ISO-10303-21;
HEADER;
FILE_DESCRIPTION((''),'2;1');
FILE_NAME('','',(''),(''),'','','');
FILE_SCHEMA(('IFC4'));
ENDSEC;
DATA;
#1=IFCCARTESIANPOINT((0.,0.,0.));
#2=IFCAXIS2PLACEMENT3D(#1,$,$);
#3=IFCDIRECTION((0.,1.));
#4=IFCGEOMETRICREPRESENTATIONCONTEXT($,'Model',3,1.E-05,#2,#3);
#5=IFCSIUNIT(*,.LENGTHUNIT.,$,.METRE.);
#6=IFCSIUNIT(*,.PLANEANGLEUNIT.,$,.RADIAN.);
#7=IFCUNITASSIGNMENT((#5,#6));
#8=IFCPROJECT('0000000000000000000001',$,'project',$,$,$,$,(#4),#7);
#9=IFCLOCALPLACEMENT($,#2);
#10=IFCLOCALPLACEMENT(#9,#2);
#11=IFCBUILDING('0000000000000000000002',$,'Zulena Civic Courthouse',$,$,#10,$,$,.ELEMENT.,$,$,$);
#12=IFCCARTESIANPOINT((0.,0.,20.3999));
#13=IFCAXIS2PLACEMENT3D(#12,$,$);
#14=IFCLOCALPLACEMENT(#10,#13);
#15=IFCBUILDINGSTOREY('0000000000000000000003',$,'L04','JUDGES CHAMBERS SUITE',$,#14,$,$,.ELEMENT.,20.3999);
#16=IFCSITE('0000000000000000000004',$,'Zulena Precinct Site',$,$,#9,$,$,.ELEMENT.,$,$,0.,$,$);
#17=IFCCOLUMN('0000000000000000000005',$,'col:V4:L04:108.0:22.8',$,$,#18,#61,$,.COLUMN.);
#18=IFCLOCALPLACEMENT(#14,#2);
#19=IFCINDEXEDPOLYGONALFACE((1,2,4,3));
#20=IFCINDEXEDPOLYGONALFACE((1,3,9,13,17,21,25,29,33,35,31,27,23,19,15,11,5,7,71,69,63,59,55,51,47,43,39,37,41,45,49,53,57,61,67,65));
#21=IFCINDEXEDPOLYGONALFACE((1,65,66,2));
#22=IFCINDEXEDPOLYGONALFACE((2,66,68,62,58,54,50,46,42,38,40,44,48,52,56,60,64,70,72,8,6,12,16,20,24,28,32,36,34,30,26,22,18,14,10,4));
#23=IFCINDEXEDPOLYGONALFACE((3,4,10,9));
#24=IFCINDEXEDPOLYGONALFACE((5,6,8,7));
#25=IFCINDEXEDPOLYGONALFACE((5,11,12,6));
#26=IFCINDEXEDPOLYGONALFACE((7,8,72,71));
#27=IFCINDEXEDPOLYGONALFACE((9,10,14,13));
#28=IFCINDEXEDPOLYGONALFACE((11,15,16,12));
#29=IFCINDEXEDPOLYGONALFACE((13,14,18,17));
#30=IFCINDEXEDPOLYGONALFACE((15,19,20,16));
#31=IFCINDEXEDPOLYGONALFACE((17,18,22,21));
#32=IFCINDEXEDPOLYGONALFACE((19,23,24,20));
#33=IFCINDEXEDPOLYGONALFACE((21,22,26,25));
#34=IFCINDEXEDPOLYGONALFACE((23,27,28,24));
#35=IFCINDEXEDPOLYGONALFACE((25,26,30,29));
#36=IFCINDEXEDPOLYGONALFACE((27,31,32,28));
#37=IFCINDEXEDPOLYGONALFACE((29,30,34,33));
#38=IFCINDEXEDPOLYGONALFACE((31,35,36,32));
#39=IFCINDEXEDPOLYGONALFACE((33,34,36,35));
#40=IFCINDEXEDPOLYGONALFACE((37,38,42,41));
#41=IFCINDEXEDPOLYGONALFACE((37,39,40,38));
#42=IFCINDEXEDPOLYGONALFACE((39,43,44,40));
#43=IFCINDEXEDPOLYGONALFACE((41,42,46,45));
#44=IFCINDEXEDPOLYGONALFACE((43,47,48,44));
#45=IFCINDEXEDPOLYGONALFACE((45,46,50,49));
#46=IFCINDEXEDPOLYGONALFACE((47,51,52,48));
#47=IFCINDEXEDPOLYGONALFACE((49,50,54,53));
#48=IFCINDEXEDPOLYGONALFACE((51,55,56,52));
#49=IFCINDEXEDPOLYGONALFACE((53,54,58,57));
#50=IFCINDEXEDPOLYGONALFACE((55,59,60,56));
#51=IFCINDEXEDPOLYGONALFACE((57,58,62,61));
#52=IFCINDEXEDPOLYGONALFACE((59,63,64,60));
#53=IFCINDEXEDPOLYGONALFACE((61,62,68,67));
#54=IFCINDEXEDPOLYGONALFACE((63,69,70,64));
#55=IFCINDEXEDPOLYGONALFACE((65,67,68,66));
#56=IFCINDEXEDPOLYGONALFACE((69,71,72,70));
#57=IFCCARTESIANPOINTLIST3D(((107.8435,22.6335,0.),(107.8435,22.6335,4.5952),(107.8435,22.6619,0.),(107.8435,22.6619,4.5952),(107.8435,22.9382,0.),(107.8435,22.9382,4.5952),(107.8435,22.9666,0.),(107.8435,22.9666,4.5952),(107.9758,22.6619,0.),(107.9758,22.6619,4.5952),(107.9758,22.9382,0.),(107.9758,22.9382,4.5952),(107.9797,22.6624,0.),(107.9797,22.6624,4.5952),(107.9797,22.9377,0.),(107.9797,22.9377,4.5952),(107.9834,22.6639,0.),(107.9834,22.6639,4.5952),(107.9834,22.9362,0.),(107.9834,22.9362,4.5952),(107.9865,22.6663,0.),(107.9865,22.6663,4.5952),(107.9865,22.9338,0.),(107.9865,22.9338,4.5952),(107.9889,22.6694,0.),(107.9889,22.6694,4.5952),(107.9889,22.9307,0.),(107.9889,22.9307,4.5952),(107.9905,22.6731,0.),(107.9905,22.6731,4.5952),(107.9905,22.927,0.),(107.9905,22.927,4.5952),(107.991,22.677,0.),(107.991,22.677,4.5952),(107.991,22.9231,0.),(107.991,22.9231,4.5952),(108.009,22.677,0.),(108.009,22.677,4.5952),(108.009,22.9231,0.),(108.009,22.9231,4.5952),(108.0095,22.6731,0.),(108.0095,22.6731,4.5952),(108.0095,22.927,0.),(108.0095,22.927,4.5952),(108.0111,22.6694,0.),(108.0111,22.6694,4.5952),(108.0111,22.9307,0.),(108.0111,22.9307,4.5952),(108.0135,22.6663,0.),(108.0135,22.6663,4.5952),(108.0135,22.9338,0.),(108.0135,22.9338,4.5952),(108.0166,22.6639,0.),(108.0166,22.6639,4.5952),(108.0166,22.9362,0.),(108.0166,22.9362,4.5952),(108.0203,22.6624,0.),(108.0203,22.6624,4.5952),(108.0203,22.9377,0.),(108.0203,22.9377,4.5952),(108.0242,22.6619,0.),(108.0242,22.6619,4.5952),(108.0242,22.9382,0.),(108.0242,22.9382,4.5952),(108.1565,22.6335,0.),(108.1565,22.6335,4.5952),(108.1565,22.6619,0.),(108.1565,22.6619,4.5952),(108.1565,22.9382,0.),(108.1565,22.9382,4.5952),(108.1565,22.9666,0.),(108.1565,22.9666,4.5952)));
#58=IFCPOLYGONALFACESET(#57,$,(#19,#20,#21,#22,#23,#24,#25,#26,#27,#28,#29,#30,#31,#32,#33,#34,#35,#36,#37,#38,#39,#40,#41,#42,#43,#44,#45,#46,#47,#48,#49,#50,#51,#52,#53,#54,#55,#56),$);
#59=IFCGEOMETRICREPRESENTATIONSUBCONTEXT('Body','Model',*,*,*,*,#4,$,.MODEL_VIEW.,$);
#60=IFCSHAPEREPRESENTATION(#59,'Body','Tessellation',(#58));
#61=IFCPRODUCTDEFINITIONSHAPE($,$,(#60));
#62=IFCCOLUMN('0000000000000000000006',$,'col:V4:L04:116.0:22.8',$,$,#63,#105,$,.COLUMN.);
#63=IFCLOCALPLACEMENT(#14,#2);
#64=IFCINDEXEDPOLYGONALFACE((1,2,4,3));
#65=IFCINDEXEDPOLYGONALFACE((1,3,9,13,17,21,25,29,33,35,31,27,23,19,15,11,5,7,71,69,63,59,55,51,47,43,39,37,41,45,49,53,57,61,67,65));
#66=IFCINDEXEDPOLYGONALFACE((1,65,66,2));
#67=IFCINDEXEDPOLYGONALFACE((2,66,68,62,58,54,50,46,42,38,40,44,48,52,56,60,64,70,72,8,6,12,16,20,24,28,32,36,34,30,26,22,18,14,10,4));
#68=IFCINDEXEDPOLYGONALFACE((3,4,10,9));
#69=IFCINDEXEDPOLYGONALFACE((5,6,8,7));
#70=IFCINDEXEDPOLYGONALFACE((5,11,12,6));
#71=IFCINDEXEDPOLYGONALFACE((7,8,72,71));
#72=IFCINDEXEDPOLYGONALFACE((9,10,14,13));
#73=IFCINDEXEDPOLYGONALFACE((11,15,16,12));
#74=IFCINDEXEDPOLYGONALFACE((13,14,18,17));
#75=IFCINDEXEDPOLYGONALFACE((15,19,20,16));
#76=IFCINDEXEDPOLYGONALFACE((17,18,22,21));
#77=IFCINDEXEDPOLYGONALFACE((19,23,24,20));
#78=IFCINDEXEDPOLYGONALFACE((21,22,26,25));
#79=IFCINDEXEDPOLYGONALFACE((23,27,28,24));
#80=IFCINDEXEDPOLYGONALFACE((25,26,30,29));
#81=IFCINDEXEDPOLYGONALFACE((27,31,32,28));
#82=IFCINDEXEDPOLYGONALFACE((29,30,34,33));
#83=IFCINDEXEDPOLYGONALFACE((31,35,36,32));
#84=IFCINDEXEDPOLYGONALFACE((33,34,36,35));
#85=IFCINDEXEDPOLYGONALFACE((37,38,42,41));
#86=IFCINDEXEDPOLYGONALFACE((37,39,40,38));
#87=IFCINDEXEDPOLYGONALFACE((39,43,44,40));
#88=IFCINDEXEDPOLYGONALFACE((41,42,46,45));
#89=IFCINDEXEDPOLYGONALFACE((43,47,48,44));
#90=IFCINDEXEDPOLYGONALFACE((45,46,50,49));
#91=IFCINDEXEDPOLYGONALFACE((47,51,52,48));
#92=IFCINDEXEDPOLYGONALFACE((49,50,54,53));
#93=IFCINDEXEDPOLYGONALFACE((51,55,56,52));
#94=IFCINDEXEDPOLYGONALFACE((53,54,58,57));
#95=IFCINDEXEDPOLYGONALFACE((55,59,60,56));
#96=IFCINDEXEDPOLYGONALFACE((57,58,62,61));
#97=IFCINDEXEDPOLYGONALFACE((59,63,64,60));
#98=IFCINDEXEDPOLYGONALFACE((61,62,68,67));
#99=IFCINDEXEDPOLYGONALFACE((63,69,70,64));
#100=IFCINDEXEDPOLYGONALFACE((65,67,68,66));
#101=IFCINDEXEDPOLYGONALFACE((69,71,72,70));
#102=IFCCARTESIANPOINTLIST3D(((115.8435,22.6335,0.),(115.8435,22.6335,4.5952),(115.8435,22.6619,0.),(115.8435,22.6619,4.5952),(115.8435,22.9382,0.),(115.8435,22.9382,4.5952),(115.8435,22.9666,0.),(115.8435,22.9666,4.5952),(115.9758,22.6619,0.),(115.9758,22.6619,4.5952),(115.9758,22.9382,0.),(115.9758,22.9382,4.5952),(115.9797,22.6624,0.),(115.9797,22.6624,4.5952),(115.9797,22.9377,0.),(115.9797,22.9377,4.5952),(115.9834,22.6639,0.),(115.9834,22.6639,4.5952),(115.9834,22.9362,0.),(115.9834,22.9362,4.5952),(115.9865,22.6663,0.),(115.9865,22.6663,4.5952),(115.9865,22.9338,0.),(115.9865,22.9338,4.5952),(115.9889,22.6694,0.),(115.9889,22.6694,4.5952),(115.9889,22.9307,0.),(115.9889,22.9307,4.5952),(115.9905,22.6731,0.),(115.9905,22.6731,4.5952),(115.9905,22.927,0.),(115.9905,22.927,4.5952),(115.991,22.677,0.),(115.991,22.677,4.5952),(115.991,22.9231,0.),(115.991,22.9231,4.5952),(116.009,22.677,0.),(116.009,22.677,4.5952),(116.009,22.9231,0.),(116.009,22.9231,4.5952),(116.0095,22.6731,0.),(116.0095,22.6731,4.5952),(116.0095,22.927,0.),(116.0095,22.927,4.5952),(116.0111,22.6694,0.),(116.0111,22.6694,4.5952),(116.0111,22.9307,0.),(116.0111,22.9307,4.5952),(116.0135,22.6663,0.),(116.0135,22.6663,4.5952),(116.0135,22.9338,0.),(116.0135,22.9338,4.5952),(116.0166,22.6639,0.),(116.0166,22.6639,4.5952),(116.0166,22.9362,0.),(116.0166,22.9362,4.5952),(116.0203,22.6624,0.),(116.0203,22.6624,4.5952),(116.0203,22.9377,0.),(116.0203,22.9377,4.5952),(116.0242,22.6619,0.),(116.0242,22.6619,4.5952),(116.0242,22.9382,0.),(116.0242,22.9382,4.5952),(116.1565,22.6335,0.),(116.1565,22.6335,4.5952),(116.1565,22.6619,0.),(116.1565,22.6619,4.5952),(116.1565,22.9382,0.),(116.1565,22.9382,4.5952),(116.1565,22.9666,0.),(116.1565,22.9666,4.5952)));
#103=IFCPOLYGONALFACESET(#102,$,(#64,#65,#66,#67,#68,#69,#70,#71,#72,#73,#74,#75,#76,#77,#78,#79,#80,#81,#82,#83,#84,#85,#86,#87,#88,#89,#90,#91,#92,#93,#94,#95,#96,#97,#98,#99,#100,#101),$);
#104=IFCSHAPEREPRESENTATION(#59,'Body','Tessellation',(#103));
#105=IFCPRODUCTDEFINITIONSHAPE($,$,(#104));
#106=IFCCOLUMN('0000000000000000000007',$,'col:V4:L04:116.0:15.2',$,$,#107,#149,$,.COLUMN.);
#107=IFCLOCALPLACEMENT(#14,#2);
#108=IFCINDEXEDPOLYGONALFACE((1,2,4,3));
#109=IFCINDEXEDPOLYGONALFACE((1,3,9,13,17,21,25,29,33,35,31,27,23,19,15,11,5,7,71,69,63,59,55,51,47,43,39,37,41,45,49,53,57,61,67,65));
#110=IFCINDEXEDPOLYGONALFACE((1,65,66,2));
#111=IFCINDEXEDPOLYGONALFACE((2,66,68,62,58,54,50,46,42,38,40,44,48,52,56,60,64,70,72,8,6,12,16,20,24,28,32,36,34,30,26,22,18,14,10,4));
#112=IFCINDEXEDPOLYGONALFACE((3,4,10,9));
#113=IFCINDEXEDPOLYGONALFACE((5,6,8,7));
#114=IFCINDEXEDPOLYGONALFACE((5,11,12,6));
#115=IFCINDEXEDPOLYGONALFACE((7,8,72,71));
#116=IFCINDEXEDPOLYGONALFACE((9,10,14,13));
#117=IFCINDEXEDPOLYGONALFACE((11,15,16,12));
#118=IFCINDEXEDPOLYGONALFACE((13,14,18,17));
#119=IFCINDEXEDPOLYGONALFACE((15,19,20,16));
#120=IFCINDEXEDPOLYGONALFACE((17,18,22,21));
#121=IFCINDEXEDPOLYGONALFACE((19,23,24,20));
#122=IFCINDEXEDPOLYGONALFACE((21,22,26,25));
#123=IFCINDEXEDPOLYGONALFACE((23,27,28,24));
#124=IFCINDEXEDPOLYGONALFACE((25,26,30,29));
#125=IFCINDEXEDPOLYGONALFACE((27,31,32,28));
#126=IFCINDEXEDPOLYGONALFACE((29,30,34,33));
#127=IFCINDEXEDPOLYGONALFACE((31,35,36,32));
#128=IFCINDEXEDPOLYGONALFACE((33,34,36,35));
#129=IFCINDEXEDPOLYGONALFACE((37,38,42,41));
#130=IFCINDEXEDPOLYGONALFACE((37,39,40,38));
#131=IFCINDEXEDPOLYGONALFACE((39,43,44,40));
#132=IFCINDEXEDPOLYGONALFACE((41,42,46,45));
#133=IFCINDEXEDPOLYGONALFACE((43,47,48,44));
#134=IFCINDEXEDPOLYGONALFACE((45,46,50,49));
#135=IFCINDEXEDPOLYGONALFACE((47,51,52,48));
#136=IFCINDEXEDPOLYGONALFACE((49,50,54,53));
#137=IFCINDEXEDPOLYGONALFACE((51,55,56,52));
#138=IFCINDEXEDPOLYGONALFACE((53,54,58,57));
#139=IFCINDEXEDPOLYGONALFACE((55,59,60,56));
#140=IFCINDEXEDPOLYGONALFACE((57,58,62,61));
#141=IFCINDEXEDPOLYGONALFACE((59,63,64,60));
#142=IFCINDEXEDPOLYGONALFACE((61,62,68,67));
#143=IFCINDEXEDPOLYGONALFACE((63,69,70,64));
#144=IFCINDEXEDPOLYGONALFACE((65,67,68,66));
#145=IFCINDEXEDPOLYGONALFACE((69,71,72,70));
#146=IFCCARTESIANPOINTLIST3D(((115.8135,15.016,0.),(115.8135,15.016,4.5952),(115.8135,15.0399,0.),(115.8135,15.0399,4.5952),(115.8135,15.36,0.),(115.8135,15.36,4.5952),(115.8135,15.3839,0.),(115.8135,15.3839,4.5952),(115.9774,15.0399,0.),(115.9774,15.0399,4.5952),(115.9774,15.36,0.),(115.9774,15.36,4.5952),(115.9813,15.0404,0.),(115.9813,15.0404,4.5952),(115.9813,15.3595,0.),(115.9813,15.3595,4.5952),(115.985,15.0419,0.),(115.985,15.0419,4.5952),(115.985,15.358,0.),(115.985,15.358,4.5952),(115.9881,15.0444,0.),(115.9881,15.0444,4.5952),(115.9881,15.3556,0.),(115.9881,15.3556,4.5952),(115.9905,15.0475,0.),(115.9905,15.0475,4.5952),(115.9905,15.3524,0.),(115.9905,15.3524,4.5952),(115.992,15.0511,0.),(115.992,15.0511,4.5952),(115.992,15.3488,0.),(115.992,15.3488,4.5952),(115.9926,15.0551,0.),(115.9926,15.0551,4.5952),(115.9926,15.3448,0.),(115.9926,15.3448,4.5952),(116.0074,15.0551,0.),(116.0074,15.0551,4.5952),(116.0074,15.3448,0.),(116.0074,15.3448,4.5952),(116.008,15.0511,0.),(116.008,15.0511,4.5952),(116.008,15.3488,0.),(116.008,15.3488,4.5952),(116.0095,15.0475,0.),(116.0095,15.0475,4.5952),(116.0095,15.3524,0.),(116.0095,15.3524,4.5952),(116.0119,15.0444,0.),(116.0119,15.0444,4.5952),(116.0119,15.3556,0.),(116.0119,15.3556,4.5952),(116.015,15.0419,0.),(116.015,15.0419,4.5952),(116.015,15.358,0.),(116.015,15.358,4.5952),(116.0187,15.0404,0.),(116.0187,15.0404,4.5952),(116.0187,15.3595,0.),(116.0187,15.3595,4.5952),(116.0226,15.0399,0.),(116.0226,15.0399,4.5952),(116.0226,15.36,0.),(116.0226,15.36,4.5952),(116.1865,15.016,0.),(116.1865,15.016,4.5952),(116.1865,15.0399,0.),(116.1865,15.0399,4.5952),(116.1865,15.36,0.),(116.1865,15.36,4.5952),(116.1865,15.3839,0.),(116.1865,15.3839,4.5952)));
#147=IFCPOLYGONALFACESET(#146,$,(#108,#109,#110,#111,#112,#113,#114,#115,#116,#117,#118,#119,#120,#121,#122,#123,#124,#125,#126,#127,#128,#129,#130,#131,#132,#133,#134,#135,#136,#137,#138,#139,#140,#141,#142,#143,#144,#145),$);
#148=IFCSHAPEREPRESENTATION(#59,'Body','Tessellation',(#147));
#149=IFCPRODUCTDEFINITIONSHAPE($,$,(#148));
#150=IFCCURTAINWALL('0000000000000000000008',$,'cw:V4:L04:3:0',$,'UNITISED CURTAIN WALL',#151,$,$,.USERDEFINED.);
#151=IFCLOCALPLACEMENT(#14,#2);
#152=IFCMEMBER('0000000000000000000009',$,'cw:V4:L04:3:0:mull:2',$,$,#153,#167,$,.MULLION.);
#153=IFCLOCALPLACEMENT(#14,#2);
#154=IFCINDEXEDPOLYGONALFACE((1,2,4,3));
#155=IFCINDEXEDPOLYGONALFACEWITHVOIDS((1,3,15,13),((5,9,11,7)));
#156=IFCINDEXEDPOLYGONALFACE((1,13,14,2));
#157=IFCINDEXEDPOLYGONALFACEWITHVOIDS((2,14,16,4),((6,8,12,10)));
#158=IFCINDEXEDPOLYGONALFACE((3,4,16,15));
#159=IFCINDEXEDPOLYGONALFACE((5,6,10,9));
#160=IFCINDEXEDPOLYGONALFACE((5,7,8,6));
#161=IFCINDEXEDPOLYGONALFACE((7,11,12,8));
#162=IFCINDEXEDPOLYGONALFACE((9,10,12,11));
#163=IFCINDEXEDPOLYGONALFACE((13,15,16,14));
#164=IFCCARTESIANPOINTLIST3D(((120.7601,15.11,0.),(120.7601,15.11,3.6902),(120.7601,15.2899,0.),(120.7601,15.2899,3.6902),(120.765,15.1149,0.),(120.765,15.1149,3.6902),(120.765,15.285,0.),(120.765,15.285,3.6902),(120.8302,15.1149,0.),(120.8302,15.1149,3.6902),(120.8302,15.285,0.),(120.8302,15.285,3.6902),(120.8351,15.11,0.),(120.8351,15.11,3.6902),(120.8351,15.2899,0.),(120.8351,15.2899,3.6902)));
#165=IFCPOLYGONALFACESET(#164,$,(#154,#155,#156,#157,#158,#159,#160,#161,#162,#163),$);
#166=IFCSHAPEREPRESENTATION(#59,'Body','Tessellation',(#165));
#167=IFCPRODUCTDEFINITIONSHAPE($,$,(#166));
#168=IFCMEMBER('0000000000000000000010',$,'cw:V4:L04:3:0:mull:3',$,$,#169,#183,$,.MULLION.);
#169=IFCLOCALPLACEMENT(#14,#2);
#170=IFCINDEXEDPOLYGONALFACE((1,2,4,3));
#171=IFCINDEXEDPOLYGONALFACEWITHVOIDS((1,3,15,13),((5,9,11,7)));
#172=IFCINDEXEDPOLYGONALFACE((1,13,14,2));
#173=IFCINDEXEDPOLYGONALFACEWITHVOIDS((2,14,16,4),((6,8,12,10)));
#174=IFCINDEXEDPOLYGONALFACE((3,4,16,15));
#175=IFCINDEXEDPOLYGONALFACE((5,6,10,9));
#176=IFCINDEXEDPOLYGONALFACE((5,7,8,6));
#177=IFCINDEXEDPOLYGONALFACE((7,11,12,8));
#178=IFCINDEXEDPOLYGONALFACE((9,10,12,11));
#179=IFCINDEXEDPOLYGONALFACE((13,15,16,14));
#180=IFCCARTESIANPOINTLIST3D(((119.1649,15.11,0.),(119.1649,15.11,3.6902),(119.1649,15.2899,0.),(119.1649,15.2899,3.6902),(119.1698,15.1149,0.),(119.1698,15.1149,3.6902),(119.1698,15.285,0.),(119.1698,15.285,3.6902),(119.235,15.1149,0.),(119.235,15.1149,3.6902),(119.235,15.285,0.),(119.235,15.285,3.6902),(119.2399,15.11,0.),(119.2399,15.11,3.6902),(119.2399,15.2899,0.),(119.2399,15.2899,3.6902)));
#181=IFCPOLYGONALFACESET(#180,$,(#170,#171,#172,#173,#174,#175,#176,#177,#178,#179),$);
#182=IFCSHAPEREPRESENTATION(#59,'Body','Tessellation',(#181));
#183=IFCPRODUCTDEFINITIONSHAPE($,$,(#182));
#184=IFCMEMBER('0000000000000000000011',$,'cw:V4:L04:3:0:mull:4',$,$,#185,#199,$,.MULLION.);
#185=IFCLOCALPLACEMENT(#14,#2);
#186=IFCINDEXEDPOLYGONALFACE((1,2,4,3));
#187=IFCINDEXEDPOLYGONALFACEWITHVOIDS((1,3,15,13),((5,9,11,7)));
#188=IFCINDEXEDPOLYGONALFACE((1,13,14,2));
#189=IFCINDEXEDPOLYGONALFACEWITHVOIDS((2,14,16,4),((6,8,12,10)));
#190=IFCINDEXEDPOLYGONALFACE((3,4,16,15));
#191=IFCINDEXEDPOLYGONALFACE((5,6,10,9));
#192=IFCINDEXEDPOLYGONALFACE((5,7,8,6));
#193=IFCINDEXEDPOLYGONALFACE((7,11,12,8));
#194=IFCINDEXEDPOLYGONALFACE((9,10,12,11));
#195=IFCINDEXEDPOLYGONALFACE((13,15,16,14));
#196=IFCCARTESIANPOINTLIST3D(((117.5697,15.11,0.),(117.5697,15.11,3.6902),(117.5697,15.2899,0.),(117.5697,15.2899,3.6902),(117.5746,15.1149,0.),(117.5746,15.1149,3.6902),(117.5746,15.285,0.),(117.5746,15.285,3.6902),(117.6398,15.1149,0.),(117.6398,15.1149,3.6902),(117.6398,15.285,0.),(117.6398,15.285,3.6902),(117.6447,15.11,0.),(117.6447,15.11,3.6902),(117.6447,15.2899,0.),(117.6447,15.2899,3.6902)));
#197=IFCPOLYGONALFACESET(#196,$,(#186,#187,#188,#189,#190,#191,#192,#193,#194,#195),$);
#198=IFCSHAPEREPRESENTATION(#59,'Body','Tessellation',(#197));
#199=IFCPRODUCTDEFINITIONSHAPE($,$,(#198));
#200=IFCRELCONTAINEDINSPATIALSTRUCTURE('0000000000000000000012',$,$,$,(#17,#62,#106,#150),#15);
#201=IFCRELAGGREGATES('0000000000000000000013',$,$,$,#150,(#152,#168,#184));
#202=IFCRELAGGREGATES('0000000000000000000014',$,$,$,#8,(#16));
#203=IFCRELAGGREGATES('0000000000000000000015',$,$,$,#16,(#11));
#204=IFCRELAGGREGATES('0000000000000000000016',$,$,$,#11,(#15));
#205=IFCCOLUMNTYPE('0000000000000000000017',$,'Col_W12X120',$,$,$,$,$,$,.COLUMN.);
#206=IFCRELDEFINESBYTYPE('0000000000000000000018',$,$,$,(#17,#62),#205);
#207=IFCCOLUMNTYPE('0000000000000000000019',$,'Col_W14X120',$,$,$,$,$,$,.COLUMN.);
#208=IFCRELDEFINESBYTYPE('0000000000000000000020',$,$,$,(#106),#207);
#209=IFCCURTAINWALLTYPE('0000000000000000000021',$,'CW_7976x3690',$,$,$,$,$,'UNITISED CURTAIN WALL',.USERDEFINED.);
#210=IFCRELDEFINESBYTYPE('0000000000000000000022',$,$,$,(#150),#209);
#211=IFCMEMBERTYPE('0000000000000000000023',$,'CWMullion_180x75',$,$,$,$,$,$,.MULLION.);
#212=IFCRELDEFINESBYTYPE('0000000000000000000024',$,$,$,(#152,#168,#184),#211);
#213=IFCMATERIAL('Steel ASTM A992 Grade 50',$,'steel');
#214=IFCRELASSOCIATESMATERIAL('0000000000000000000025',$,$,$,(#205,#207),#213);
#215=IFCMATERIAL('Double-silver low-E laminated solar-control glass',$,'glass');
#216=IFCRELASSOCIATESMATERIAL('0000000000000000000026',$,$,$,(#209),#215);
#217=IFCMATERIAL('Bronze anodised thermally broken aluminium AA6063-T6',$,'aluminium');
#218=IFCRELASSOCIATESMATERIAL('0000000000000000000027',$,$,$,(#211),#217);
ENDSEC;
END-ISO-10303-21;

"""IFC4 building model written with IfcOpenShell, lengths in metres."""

from ifc_helpers import new_model, si_unit, direction, frame, origin, origin_2d, place, context, subcontext, project, spatial, hollow_rectangle, i_section, extrude, material, material_profile, profile_set, type_object, element, aggregate, save


model = new_model("IFC4")

# Units and contexts
model_context = context("Model", 3, precision=1e-05, world=origin(), true_north=direction((0.0, 1.0)))
body_context = subcontext(model_context, "Body", "Model", "MODEL_VIEW")
ifc_project = project(units=[si_unit("LENGTHUNIT", "METRE"), si_unit("PLANEANGLEUNIT", "RADIAN")], contexts=[model_context])

# Site, building, storey
site_placement = place(None, origin())
site = spatial("IfcSite", under=ifc_project, at=site_placement, Name="Zulena Precinct Site", CompositionType="ELEMENT", RefElevation=0.0)
building_placement = place(site_placement, origin())
building = spatial("IfcBuilding", under=site, at=building_placement, Name="Zulena Civic Courthouse", CompositionType="ELEMENT")
storey_placement = place(building_placement, frame((0.0, 0.0, 20.3999)))
storey = spatial("IfcBuildingStorey", under=building, at=storey_placement, Name="L04", Description="JUDGES CHAMBERS SUITE", CompositionType="ELEMENT", Elevation=20.3999)

# Columns
ifc_material_1 = material(Name="Steel ASTM A992 Grade 50", Category="steel")
ifc_material_profile_1 = material_profile(ifc_material_1, i_section(OverallWidth=0.313, OverallDepth=0.333, WebThickness=0.0181, FlangeThickness=0.0283, FilletRadius=0.0151, at=origin_2d()), Name="W12X120")
ifc_profile_set_1 = profile_set([ifc_material_profile_1], Name="Steel ASTM A992 Grade 50")
column_type_1 = type_object("IfcColumnType", Name="Col_W12X120", PredefinedType="COLUMN", material=ifc_profile_set_1)
for number, where, z_axis, x_axis, name in (
    (1, (108.0, 22.8, 0.0), (0.0, 0.0, 1.0), (1.0, 0.0, 0.0), "col:V4:L04:108.0:22.8"),
    (2, (116.0, 22.8, 0.0), (0.0, 0.0, 1.0), (1.0, 0.0, 0.0), "col:V4:L04:116.0:22.8"),
):
    element("IfcColumn", number, at=place(storey_placement, frame(where, z_axis=z_axis, x_axis=x_axis)), inside=storey, type_object=column_type_1, Name=name, PredefinedType="COLUMN", context=body_context, shape_type="SweptSolid", body=[
        extrude(i_section(OverallWidth=0.313, OverallDepth=0.333, WebThickness=0.0181, FlangeThickness=0.0283, FilletRadius=0.0151, at=origin_2d()), origin(), (0.0, 0.0, 1.0), 4.5952),
    ])
ifc_material_profile_2 = material_profile(ifc_material_1, i_section(OverallWidth=0.373, OverallDepth=0.3679, WebThickness=0.0149, FlangeThickness=0.0239, FilletRadius=0.0151, at=origin_2d()), Name="W14X120")
ifc_profile_set_2 = profile_set([ifc_material_profile_2], Name="Steel ASTM A992 Grade 50")
column_type_2 = type_object("IfcColumnType", Name="Col_W14X120", PredefinedType="COLUMN", material=ifc_profile_set_2)
column_placement = place(storey_placement, frame((116.0, 15.2, 0.0), z_axis=(0.0, 0.0, 1.0), x_axis=(1.0, 0.0, 0.0)))
element("IfcColumn", 3, at=column_placement, inside=storey, type_object=column_type_2, Name="col:V4:L04:116.0:15.2", PredefinedType="COLUMN", context=body_context, shape_type="SweptSolid", body=[
    extrude(i_section(OverallWidth=0.373, OverallDepth=0.3679, WebThickness=0.0149, FlangeThickness=0.0239, FilletRadius=0.0151, at=origin_2d()), origin(), (0.0, 0.0, 1.0), 4.5952),
])

# Curtain wall, members
ifc_material_2 = material(Name="Double-silver low-E laminated solar-control glass", Category="glass")
curtain_wall_type = type_object("IfcCurtainWallType", Name="CW_7976x3690", ElementType="UNITISED CURTAIN WALL", PredefinedType="USERDEFINED", material=ifc_material_2)
curtain_wall_1_placement = place(storey_placement, origin())
curtain_wall_1 = element("IfcCurtainWall", 4, at=curtain_wall_1_placement, inside=storey, type_object=curtain_wall_type, Name="cw:V4:L04:3:0", ObjectType="UNITISED CURTAIN WALL", PredefinedType="USERDEFINED")
ifc_material_3 = material(Name="Bronze anodised thermally broken aluminium AA6063-T6", Category="aluminium")
ifc_material_profile_3 = material_profile(ifc_material_3, hollow_rectangle(XDim=0.075, YDim=0.1799, WallThickness=0.0049, at=origin_2d()), Name="CWM180X75X5")
ifc_profile_set_3 = profile_set([ifc_material_profile_3], Name="Bronze anodised thermally broken aluminium AA6063-T6")
member_type_1 = type_object("IfcMemberType", Name="CWMullion_180x75", PredefinedType="MULLION", material=ifc_profile_set_3)
member_1_placement = place(storey_placement, frame((120.7976, 15.2, 0.0), z_axis=(0.0, 0.0, 1.0), x_axis=(1.0, 0.0, 0.0)))
member_1 = element("IfcMember", 5, at=member_1_placement, type_object=member_type_1, Name="cw:V4:L04:3:0:mull:2", PredefinedType="MULLION", context=body_context, shape_type="SweptSolid", body=[
    extrude(hollow_rectangle(XDim=0.075, YDim=0.1799, WallThickness=0.0049, at=origin_2d()), origin(), (0.0, 0.0, 1.0), 3.6902),
])
member_2_placement = place(storey_placement, frame((119.2024, 15.2, 0.0), z_axis=(0.0, 0.0, 1.0), x_axis=(1.0, 0.0, 0.0)))
member_2 = element("IfcMember", 6, at=member_2_placement, type_object=member_type_1, Name="cw:V4:L04:3:0:mull:3", PredefinedType="MULLION", context=body_context, shape_type="SweptSolid", body=[
    extrude(hollow_rectangle(XDim=0.075, YDim=0.1799, WallThickness=0.0049, at=origin_2d()), origin(), (0.0, 0.0, 1.0), 3.6902),
])
member_3_placement = place(storey_placement, frame((117.6072, 15.2, 0.0), z_axis=(0.0, 0.0, 1.0), x_axis=(1.0, 0.0, 0.0)))
member_3 = element("IfcMember", 7, at=member_3_placement, type_object=member_type_1, Name="cw:V4:L04:3:0:mull:4", PredefinedType="MULLION", context=body_context, shape_type="SweptSolid", body=[
    extrude(hollow_rectangle(XDim=0.075, YDim=0.1799, WallThickness=0.0049, at=origin_2d()), origin(), (0.0, 0.0, 1.0), 3.6902),
])

aggregate(curtain_wall_1, [member_1, member_2, member_3])

save(model, "model.ifc")
